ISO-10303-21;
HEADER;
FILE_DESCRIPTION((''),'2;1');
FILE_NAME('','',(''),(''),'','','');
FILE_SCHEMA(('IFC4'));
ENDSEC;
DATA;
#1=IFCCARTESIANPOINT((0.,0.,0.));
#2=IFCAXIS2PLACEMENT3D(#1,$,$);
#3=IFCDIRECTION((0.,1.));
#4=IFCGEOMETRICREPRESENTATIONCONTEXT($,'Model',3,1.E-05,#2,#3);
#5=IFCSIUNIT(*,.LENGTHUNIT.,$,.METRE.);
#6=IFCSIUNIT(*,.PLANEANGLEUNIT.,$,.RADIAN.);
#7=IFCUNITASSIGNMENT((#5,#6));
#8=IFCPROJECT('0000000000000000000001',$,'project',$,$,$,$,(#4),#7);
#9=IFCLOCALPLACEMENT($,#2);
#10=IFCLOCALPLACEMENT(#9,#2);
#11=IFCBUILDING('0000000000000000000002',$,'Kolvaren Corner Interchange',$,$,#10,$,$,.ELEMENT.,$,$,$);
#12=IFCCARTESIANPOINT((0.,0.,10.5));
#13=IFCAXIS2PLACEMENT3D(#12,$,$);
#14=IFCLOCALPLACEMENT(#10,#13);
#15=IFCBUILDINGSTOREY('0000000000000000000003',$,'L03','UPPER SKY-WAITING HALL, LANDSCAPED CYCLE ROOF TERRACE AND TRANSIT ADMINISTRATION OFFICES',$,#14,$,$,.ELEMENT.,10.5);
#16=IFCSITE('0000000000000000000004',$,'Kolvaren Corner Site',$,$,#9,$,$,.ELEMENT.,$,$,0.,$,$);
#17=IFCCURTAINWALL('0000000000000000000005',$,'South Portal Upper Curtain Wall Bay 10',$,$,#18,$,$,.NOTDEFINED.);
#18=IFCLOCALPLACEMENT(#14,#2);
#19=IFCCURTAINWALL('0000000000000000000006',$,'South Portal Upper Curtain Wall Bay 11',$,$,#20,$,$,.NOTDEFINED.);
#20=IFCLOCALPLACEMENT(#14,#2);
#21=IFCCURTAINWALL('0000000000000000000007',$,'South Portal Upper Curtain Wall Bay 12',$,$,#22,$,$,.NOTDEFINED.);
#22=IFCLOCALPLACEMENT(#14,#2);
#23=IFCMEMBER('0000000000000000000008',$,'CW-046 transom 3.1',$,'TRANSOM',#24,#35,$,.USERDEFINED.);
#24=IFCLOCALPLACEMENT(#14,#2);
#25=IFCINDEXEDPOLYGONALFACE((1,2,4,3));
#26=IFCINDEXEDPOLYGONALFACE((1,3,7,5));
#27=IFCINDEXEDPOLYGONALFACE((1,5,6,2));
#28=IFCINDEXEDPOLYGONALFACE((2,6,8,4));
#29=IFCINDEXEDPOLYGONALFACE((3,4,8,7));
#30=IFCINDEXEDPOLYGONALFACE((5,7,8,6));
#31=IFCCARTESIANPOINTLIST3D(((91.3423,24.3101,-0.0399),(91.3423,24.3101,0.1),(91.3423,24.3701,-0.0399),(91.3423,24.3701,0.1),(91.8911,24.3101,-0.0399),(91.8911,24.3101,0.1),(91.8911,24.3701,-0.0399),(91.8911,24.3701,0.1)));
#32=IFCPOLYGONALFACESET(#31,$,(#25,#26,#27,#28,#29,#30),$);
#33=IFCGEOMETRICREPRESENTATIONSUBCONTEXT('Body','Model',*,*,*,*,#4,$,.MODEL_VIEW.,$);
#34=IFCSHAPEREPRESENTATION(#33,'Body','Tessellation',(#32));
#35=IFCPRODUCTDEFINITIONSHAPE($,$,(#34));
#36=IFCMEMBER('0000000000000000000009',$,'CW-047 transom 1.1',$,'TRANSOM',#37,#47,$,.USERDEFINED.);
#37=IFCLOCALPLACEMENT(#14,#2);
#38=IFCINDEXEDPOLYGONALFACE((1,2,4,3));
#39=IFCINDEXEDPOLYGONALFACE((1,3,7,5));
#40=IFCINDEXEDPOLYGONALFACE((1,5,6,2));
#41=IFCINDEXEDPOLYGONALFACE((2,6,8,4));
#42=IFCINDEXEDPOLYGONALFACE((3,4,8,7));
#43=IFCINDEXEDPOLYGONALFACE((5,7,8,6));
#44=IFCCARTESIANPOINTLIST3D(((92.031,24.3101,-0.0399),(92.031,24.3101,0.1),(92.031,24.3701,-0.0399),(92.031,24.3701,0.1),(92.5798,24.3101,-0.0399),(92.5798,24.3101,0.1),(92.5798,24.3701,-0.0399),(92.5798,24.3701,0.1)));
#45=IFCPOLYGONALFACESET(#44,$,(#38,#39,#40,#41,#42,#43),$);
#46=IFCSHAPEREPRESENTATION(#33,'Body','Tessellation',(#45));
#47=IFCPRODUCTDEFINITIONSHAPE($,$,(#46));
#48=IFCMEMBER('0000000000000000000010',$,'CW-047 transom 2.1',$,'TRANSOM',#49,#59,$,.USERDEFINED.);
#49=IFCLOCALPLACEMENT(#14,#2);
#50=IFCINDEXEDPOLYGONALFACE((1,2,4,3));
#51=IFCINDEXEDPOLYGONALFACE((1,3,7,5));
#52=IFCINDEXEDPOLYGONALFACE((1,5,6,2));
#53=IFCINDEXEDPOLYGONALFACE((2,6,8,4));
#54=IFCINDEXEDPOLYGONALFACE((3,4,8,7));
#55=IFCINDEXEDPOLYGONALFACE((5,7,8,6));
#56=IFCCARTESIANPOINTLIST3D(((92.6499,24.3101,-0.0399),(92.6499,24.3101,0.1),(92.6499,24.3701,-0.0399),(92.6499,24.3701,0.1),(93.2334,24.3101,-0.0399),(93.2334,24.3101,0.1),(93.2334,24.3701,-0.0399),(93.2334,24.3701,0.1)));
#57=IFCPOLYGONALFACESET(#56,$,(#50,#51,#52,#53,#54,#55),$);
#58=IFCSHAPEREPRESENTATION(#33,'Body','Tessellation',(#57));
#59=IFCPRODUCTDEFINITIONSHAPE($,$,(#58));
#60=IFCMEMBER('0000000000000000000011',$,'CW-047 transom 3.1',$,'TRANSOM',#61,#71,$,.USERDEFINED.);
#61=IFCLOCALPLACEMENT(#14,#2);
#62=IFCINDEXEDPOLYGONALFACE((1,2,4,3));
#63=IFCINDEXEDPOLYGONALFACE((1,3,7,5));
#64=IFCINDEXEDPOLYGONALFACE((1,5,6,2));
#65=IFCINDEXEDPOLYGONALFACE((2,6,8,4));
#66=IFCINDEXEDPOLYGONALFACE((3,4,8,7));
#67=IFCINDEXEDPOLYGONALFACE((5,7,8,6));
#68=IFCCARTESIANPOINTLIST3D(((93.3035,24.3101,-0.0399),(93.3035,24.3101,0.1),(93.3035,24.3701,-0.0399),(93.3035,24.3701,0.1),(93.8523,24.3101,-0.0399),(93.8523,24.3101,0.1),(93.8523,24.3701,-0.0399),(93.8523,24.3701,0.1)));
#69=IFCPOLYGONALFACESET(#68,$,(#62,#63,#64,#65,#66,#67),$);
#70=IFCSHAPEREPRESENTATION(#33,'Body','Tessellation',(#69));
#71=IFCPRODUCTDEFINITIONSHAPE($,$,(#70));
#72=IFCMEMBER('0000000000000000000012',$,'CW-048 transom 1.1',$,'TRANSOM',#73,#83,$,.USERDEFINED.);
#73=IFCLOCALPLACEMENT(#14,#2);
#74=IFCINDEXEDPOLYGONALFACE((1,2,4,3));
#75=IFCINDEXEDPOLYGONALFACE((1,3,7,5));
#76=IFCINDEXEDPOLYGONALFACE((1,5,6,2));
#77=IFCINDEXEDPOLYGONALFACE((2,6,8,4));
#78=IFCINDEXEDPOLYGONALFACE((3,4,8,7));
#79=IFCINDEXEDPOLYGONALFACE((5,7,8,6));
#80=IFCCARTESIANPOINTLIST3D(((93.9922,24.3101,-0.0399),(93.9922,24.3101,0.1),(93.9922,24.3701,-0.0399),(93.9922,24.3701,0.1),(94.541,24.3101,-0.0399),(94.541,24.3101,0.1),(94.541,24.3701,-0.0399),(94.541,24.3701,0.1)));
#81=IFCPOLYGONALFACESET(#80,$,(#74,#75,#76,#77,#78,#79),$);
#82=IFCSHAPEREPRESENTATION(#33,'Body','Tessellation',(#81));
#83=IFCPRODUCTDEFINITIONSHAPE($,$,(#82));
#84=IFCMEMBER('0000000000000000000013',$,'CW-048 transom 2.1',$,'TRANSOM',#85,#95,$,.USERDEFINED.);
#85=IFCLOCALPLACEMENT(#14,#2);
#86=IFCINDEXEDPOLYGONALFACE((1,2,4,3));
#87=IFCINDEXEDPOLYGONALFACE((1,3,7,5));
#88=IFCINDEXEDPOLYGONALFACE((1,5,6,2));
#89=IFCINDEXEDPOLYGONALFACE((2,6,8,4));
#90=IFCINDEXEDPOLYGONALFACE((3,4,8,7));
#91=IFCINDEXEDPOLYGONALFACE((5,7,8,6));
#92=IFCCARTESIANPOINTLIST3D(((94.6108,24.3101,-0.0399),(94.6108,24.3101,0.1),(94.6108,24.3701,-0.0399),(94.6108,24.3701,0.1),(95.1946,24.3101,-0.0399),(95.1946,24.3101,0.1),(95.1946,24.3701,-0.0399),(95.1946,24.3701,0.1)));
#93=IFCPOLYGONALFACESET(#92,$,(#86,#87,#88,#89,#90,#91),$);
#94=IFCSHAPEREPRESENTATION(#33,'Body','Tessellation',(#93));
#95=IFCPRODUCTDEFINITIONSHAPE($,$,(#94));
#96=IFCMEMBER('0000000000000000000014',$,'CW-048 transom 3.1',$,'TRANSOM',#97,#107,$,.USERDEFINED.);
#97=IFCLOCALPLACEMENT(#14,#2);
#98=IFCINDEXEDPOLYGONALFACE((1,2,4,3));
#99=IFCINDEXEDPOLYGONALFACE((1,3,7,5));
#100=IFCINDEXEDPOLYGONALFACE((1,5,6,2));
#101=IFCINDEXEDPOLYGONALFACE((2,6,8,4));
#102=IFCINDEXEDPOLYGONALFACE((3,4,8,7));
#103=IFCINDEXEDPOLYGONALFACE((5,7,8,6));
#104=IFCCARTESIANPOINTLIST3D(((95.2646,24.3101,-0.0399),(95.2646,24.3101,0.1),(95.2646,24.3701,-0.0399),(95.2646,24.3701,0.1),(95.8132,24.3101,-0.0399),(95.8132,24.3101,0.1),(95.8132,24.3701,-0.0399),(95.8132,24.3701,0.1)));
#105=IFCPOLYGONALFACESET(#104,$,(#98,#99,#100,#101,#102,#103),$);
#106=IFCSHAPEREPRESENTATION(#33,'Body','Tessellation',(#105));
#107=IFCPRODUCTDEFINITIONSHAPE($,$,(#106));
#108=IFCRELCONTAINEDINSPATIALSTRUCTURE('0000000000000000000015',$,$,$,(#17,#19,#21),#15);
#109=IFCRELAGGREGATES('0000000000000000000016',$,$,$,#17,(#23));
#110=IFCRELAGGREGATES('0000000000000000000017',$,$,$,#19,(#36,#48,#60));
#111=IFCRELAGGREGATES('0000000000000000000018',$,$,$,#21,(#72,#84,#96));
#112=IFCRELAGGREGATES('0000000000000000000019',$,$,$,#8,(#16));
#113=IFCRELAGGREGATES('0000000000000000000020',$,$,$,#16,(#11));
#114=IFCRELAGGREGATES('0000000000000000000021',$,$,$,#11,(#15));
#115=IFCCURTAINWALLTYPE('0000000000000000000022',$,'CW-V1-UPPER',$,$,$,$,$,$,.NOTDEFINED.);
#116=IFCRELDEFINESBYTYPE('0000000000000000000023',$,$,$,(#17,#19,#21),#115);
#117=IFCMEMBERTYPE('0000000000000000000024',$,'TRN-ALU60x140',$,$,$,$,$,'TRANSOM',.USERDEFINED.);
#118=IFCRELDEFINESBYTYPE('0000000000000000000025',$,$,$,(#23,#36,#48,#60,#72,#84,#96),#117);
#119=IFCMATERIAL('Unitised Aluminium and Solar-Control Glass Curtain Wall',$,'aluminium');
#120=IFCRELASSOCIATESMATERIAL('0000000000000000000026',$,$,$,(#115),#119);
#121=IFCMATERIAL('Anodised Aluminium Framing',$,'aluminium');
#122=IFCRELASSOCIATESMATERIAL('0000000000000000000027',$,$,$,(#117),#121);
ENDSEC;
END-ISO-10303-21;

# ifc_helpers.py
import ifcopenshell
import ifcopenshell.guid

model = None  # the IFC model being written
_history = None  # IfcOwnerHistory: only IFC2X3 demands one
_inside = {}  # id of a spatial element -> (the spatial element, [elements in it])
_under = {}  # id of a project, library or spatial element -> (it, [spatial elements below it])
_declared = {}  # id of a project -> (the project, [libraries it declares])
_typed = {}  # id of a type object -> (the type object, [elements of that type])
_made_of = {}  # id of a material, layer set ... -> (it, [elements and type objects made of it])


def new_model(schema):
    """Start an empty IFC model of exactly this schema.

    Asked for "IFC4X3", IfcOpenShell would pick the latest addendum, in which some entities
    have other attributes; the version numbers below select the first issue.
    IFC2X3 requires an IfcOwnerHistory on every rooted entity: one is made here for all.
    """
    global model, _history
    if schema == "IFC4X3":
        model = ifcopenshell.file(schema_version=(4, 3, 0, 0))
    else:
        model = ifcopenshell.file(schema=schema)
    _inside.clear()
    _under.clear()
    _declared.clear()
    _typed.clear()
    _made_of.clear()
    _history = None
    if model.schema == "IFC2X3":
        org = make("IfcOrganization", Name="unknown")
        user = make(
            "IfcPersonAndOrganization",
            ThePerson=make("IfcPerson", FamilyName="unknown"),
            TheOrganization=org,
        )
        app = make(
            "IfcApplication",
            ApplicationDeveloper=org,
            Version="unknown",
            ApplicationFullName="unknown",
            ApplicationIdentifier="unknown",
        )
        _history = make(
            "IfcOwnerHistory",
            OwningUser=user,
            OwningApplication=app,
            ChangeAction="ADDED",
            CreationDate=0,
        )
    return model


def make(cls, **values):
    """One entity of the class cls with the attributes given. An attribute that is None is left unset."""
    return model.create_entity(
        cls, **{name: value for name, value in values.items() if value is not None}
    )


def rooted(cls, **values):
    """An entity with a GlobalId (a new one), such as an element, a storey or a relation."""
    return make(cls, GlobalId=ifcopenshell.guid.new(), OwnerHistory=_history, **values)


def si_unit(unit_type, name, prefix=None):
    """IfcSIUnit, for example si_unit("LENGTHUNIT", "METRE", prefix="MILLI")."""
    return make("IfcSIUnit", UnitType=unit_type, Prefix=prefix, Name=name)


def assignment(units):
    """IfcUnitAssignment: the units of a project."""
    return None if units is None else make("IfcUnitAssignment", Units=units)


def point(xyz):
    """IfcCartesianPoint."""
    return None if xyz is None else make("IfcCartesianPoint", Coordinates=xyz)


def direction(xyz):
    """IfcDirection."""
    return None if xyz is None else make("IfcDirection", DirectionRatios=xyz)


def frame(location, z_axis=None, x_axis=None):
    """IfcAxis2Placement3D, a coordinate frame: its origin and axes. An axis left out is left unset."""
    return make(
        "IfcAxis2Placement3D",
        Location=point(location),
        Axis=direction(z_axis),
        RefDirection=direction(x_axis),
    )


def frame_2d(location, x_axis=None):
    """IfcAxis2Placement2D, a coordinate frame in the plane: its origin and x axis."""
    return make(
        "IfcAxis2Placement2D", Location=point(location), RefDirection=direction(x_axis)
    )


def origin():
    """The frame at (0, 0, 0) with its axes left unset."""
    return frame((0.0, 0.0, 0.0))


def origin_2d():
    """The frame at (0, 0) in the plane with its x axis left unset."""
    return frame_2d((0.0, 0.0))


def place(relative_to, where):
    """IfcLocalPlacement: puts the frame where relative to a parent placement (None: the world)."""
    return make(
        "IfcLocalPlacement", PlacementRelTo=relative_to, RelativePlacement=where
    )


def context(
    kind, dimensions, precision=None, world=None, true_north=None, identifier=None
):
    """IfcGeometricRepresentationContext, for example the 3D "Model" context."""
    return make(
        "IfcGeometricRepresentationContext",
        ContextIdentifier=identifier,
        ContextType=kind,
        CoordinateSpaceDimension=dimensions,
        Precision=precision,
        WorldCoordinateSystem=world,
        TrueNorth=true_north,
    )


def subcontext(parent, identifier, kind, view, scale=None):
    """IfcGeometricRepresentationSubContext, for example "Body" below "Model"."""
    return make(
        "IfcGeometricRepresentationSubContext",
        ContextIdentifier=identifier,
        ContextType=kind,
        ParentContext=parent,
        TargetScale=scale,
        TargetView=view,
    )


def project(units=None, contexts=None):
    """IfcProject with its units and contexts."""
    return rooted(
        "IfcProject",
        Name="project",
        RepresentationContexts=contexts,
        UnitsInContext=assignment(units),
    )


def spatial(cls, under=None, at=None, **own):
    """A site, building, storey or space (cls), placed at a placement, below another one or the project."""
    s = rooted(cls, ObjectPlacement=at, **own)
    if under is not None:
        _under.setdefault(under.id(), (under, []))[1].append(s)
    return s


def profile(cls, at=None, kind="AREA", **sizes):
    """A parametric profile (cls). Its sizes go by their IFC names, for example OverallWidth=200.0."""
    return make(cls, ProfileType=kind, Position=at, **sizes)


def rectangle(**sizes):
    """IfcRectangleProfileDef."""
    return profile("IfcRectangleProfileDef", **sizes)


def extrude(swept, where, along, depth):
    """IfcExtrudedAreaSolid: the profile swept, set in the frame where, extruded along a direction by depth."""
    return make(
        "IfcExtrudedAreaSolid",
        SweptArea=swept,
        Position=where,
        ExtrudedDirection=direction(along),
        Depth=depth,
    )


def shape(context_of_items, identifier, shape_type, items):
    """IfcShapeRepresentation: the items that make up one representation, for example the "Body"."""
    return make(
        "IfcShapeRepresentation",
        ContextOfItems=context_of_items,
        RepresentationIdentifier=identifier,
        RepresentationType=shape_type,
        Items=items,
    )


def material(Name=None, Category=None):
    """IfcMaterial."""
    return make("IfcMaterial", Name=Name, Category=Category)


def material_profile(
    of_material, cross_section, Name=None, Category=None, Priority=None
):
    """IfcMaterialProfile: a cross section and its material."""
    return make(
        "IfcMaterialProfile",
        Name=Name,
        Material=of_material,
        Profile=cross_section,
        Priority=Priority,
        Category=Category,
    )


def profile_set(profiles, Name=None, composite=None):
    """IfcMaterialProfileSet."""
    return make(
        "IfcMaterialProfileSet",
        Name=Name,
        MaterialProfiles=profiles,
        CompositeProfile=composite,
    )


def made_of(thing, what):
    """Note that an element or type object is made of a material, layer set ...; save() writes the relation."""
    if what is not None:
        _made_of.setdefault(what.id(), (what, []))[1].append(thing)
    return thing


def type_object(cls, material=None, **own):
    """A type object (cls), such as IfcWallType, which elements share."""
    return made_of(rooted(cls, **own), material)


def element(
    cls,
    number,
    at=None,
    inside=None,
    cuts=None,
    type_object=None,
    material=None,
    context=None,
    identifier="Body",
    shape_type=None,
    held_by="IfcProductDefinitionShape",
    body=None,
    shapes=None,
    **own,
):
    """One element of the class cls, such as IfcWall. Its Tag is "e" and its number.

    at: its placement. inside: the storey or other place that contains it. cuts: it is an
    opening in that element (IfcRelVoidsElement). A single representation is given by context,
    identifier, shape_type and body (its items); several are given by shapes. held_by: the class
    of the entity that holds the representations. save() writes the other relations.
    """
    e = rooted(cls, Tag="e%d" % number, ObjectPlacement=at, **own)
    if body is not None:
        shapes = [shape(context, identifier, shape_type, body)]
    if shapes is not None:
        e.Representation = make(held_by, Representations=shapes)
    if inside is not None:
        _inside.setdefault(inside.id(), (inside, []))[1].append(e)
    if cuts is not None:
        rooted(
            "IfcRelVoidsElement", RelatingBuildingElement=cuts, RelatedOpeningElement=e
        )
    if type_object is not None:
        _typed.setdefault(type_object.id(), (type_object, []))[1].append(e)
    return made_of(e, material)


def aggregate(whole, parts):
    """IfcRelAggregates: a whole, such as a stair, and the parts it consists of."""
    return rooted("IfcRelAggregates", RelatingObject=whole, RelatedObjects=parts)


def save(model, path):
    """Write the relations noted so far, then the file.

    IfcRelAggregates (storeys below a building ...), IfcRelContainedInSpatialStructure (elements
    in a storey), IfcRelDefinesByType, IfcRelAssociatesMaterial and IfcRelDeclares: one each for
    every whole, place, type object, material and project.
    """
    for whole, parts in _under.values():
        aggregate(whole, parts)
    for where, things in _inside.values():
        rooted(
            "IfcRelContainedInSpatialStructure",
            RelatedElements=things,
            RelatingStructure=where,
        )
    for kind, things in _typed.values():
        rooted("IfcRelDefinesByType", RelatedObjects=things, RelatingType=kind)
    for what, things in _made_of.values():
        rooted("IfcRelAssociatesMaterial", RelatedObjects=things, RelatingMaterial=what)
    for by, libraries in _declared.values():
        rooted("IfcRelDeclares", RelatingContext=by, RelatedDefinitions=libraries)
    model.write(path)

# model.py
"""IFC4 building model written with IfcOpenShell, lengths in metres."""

from ifc_helpers import new_model, si_unit, direction, frame, origin, origin_2d, place, context, subcontext, project, spatial, rectangle, extrude, material, material_profile, profile_set, type_object, element, aggregate, save


model = new_model("IFC4")

# Units and contexts
model_context = context("Model", 3, precision=1e-05, world=origin(), true_north=direction((0.0, 1.0)))
body_context = subcontext(model_context, "Body", "Model", "MODEL_VIEW")
ifc_project = project(units=[si_unit("LENGTHUNIT", "METRE"), si_unit("PLANEANGLEUNIT", "RADIAN")], contexts=[model_context])

# Site, building, storey
site_placement = place(None, origin())
site = spatial("IfcSite", under=ifc_project, at=site_placement, Name="Kolvaren Corner Site", CompositionType="ELEMENT", RefElevation=0.0)
building_placement = place(site_placement, origin())
building = spatial("IfcBuilding", under=site, at=building_placement, Name="Kolvaren Corner Interchange", CompositionType="ELEMENT")
storey_placement = place(building_placement, frame((0.0, 0.0, 10.5)))
storey = spatial("IfcBuildingStorey", under=building, at=storey_placement, Name="L03", Description="UPPER SKY-WAITING HALL, LANDSCAPED CYCLE ROOF TERRACE AND TRANSIT ADMINISTRATION OFFICES", CompositionType="ELEMENT", Elevation=10.5)

# Curtain walls
ifc_material_1 = material(Name="Unitised Aluminium and Solar-Control Glass Curtain Wall", Category="aluminium")
curtain_wall_type = type_object("IfcCurtainWallType", Name="CW-V1-UPPER", PredefinedType="NOTDEFINED", material=ifc_material_1)
curtain_wall_1_placement = place(storey_placement, origin())
curtain_wall_1 = element("IfcCurtainWall", 1, at=curtain_wall_1_placement, inside=storey, type_object=curtain_wall_type, Name="South Portal Upper Curtain Wall Bay 10", PredefinedType="NOTDEFINED")
curtain_wall_2_placement = place(storey_placement, origin())
curtain_wall_2 = element("IfcCurtainWall", 2, at=curtain_wall_2_placement, inside=storey, type_object=curtain_wall_type, Name="South Portal Upper Curtain Wall Bay 11", PredefinedType="NOTDEFINED")
curtain_wall_3_placement = place(storey_placement, origin())
curtain_wall_3 = element("IfcCurtainWall", 3, at=curtain_wall_3_placement, inside=storey, type_object=curtain_wall_type, Name="South Portal Upper Curtain Wall Bay 12", PredefinedType="NOTDEFINED")

# Members
ifc_material_2 = material(Name="Anodised Aluminium Framing", Category="aluminium")
ifc_material_profile_1 = material_profile(ifc_material_2, rectangle(XDim=0.0601, YDim=0.1399, at=origin_2d()), Name="ALU 60x140")
ifc_profile_set_1 = profile_set([ifc_material_profile_1], Name="Anodised Aluminium Framing")
member_type_1 = type_object("IfcMemberType", Name="TRN-ALU60x140", ElementType="TRANSOM", PredefinedType="USERDEFINED", material=ifc_profile_set_1)
member_1_placement = place(storey_placement, frame((91.3423, 24.3401, 0.03), z_axis=(1.0, 0.0, 0.0), x_axis=(0.0, 1.0, 0.0)))
member_1 = element("IfcMember", 4, at=member_1_placement, type_object=member_type_1, Name="CW-046 transom 3.1", ObjectType="TRANSOM", PredefinedType="USERDEFINED", context=body_context, shape_type="SweptSolid", body=[
    extrude(rectangle(XDim=0.0601, YDim=0.1399, at=origin_2d()), origin(), (0.0, 0.0, 1.0), 0.5488),
])
aggregate(curtain_wall_1, [member_1])
member_2_placement = place(storey_placement, frame((92.031, 24.3401, 0.03), z_axis=(1.0, 0.0, 0.0), x_axis=(0.0, 1.0, 0.0)))
member_2 = element("IfcMember", 5, at=member_2_placement, type_object=member_type_1, Name="CW-047 transom 1.1", ObjectType="TRANSOM", PredefinedType="USERDEFINED", context=body_context, shape_type="SweptSolid", body=[
    extrude(rectangle(XDim=0.0601, YDim=0.1399, at=origin_2d()), origin(), (0.0, 0.0, 1.0), 0.5488),
])
member_3_placement = place(storey_placement, frame((92.6499, 24.3401, 0.03), z_axis=(1.0, 0.0, 0.0), x_axis=(0.0, 1.0, 0.0)))
member_3 = element("IfcMember", 6, at=member_3_placement, type_object=member_type_1, Name="CW-047 transom 2.1", ObjectType="TRANSOM", PredefinedType="USERDEFINED", context=body_context, shape_type="SweptSolid", body=[
    extrude(rectangle(XDim=0.0601, YDim=0.1399, at=origin_2d()), origin(), (0.0, 0.0, 1.0), 0.5835),
])
member_4_placement = place(storey_placement, frame((93.3035, 24.3401, 0.03), z_axis=(1.0, 0.0, 0.0), x_axis=(0.0, 1.0, 0.0)))
member_4 = element("IfcMember", 7, at=member_4_placement, type_object=member_type_1, Name="CW-047 transom 3.1", ObjectType="TRANSOM", PredefinedType="USERDEFINED", context=body_context, shape_type="SweptSolid", body=[
    extrude(rectangle(XDim=0.0601, YDim=0.1399, at=origin_2d()), origin(), (0.0, 0.0, 1.0), 0.5488),
])
aggregate(curtain_wall_2, [member_2, member_3, member_4])
member_5_placement = place(storey_placement, frame((93.9922, 24.3401, 0.03), z_axis=(1.0, 0.0, 0.0), x_axis=(0.0, 1.0, 0.0)))
member_5 = element("IfcMember", 8, at=member_5_placement, type_object=member_type_1, Name="CW-048 transom 1.1", ObjectType="TRANSOM", PredefinedType="USERDEFINED", context=body_context, shape_type="SweptSolid", body=[
    extrude(rectangle(XDim=0.0601, YDim=0.1399, at=origin_2d()), origin(), (0.0, 0.0, 1.0), 0.5488),
])
member_6_placement = place(storey_placement, frame((94.6108, 24.3401, 0.03), z_axis=(1.0, 0.0, 0.0), x_axis=(0.0, 1.0, 0.0)))
member_6 = element("IfcMember", 9, at=member_6_placement, type_object=member_type_1, Name="CW-048 transom 2.1", ObjectType="TRANSOM", PredefinedType="USERDEFINED", context=body_context, shape_type="SweptSolid", body=[
    extrude(rectangle(XDim=0.0601, YDim=0.1399, at=origin_2d()), origin(), (0.0, 0.0, 1.0), 0.5837),
])
member_7_placement = place(storey_placement, frame((95.2646, 24.3401, 0.03), z_axis=(1.0, 0.0, 0.0), x_axis=(0.0, 1.0, 0.0)))
member_7 = element("IfcMember", 10, at=member_7_placement, type_object=member_type_1, Name="CW-048 transom 3.1", ObjectType="TRANSOM", PredefinedType="USERDEFINED", context=body_context, shape_type="SweptSolid", body=[
    extrude(rectangle(XDim=0.0601, YDim=0.1399, at=origin_2d()), origin(), (0.0, 0.0, 1.0), 0.5486),
])
aggregate(curtain_wall_3, [member_5, member_6, member_7])

save(model, "model.ifc")
